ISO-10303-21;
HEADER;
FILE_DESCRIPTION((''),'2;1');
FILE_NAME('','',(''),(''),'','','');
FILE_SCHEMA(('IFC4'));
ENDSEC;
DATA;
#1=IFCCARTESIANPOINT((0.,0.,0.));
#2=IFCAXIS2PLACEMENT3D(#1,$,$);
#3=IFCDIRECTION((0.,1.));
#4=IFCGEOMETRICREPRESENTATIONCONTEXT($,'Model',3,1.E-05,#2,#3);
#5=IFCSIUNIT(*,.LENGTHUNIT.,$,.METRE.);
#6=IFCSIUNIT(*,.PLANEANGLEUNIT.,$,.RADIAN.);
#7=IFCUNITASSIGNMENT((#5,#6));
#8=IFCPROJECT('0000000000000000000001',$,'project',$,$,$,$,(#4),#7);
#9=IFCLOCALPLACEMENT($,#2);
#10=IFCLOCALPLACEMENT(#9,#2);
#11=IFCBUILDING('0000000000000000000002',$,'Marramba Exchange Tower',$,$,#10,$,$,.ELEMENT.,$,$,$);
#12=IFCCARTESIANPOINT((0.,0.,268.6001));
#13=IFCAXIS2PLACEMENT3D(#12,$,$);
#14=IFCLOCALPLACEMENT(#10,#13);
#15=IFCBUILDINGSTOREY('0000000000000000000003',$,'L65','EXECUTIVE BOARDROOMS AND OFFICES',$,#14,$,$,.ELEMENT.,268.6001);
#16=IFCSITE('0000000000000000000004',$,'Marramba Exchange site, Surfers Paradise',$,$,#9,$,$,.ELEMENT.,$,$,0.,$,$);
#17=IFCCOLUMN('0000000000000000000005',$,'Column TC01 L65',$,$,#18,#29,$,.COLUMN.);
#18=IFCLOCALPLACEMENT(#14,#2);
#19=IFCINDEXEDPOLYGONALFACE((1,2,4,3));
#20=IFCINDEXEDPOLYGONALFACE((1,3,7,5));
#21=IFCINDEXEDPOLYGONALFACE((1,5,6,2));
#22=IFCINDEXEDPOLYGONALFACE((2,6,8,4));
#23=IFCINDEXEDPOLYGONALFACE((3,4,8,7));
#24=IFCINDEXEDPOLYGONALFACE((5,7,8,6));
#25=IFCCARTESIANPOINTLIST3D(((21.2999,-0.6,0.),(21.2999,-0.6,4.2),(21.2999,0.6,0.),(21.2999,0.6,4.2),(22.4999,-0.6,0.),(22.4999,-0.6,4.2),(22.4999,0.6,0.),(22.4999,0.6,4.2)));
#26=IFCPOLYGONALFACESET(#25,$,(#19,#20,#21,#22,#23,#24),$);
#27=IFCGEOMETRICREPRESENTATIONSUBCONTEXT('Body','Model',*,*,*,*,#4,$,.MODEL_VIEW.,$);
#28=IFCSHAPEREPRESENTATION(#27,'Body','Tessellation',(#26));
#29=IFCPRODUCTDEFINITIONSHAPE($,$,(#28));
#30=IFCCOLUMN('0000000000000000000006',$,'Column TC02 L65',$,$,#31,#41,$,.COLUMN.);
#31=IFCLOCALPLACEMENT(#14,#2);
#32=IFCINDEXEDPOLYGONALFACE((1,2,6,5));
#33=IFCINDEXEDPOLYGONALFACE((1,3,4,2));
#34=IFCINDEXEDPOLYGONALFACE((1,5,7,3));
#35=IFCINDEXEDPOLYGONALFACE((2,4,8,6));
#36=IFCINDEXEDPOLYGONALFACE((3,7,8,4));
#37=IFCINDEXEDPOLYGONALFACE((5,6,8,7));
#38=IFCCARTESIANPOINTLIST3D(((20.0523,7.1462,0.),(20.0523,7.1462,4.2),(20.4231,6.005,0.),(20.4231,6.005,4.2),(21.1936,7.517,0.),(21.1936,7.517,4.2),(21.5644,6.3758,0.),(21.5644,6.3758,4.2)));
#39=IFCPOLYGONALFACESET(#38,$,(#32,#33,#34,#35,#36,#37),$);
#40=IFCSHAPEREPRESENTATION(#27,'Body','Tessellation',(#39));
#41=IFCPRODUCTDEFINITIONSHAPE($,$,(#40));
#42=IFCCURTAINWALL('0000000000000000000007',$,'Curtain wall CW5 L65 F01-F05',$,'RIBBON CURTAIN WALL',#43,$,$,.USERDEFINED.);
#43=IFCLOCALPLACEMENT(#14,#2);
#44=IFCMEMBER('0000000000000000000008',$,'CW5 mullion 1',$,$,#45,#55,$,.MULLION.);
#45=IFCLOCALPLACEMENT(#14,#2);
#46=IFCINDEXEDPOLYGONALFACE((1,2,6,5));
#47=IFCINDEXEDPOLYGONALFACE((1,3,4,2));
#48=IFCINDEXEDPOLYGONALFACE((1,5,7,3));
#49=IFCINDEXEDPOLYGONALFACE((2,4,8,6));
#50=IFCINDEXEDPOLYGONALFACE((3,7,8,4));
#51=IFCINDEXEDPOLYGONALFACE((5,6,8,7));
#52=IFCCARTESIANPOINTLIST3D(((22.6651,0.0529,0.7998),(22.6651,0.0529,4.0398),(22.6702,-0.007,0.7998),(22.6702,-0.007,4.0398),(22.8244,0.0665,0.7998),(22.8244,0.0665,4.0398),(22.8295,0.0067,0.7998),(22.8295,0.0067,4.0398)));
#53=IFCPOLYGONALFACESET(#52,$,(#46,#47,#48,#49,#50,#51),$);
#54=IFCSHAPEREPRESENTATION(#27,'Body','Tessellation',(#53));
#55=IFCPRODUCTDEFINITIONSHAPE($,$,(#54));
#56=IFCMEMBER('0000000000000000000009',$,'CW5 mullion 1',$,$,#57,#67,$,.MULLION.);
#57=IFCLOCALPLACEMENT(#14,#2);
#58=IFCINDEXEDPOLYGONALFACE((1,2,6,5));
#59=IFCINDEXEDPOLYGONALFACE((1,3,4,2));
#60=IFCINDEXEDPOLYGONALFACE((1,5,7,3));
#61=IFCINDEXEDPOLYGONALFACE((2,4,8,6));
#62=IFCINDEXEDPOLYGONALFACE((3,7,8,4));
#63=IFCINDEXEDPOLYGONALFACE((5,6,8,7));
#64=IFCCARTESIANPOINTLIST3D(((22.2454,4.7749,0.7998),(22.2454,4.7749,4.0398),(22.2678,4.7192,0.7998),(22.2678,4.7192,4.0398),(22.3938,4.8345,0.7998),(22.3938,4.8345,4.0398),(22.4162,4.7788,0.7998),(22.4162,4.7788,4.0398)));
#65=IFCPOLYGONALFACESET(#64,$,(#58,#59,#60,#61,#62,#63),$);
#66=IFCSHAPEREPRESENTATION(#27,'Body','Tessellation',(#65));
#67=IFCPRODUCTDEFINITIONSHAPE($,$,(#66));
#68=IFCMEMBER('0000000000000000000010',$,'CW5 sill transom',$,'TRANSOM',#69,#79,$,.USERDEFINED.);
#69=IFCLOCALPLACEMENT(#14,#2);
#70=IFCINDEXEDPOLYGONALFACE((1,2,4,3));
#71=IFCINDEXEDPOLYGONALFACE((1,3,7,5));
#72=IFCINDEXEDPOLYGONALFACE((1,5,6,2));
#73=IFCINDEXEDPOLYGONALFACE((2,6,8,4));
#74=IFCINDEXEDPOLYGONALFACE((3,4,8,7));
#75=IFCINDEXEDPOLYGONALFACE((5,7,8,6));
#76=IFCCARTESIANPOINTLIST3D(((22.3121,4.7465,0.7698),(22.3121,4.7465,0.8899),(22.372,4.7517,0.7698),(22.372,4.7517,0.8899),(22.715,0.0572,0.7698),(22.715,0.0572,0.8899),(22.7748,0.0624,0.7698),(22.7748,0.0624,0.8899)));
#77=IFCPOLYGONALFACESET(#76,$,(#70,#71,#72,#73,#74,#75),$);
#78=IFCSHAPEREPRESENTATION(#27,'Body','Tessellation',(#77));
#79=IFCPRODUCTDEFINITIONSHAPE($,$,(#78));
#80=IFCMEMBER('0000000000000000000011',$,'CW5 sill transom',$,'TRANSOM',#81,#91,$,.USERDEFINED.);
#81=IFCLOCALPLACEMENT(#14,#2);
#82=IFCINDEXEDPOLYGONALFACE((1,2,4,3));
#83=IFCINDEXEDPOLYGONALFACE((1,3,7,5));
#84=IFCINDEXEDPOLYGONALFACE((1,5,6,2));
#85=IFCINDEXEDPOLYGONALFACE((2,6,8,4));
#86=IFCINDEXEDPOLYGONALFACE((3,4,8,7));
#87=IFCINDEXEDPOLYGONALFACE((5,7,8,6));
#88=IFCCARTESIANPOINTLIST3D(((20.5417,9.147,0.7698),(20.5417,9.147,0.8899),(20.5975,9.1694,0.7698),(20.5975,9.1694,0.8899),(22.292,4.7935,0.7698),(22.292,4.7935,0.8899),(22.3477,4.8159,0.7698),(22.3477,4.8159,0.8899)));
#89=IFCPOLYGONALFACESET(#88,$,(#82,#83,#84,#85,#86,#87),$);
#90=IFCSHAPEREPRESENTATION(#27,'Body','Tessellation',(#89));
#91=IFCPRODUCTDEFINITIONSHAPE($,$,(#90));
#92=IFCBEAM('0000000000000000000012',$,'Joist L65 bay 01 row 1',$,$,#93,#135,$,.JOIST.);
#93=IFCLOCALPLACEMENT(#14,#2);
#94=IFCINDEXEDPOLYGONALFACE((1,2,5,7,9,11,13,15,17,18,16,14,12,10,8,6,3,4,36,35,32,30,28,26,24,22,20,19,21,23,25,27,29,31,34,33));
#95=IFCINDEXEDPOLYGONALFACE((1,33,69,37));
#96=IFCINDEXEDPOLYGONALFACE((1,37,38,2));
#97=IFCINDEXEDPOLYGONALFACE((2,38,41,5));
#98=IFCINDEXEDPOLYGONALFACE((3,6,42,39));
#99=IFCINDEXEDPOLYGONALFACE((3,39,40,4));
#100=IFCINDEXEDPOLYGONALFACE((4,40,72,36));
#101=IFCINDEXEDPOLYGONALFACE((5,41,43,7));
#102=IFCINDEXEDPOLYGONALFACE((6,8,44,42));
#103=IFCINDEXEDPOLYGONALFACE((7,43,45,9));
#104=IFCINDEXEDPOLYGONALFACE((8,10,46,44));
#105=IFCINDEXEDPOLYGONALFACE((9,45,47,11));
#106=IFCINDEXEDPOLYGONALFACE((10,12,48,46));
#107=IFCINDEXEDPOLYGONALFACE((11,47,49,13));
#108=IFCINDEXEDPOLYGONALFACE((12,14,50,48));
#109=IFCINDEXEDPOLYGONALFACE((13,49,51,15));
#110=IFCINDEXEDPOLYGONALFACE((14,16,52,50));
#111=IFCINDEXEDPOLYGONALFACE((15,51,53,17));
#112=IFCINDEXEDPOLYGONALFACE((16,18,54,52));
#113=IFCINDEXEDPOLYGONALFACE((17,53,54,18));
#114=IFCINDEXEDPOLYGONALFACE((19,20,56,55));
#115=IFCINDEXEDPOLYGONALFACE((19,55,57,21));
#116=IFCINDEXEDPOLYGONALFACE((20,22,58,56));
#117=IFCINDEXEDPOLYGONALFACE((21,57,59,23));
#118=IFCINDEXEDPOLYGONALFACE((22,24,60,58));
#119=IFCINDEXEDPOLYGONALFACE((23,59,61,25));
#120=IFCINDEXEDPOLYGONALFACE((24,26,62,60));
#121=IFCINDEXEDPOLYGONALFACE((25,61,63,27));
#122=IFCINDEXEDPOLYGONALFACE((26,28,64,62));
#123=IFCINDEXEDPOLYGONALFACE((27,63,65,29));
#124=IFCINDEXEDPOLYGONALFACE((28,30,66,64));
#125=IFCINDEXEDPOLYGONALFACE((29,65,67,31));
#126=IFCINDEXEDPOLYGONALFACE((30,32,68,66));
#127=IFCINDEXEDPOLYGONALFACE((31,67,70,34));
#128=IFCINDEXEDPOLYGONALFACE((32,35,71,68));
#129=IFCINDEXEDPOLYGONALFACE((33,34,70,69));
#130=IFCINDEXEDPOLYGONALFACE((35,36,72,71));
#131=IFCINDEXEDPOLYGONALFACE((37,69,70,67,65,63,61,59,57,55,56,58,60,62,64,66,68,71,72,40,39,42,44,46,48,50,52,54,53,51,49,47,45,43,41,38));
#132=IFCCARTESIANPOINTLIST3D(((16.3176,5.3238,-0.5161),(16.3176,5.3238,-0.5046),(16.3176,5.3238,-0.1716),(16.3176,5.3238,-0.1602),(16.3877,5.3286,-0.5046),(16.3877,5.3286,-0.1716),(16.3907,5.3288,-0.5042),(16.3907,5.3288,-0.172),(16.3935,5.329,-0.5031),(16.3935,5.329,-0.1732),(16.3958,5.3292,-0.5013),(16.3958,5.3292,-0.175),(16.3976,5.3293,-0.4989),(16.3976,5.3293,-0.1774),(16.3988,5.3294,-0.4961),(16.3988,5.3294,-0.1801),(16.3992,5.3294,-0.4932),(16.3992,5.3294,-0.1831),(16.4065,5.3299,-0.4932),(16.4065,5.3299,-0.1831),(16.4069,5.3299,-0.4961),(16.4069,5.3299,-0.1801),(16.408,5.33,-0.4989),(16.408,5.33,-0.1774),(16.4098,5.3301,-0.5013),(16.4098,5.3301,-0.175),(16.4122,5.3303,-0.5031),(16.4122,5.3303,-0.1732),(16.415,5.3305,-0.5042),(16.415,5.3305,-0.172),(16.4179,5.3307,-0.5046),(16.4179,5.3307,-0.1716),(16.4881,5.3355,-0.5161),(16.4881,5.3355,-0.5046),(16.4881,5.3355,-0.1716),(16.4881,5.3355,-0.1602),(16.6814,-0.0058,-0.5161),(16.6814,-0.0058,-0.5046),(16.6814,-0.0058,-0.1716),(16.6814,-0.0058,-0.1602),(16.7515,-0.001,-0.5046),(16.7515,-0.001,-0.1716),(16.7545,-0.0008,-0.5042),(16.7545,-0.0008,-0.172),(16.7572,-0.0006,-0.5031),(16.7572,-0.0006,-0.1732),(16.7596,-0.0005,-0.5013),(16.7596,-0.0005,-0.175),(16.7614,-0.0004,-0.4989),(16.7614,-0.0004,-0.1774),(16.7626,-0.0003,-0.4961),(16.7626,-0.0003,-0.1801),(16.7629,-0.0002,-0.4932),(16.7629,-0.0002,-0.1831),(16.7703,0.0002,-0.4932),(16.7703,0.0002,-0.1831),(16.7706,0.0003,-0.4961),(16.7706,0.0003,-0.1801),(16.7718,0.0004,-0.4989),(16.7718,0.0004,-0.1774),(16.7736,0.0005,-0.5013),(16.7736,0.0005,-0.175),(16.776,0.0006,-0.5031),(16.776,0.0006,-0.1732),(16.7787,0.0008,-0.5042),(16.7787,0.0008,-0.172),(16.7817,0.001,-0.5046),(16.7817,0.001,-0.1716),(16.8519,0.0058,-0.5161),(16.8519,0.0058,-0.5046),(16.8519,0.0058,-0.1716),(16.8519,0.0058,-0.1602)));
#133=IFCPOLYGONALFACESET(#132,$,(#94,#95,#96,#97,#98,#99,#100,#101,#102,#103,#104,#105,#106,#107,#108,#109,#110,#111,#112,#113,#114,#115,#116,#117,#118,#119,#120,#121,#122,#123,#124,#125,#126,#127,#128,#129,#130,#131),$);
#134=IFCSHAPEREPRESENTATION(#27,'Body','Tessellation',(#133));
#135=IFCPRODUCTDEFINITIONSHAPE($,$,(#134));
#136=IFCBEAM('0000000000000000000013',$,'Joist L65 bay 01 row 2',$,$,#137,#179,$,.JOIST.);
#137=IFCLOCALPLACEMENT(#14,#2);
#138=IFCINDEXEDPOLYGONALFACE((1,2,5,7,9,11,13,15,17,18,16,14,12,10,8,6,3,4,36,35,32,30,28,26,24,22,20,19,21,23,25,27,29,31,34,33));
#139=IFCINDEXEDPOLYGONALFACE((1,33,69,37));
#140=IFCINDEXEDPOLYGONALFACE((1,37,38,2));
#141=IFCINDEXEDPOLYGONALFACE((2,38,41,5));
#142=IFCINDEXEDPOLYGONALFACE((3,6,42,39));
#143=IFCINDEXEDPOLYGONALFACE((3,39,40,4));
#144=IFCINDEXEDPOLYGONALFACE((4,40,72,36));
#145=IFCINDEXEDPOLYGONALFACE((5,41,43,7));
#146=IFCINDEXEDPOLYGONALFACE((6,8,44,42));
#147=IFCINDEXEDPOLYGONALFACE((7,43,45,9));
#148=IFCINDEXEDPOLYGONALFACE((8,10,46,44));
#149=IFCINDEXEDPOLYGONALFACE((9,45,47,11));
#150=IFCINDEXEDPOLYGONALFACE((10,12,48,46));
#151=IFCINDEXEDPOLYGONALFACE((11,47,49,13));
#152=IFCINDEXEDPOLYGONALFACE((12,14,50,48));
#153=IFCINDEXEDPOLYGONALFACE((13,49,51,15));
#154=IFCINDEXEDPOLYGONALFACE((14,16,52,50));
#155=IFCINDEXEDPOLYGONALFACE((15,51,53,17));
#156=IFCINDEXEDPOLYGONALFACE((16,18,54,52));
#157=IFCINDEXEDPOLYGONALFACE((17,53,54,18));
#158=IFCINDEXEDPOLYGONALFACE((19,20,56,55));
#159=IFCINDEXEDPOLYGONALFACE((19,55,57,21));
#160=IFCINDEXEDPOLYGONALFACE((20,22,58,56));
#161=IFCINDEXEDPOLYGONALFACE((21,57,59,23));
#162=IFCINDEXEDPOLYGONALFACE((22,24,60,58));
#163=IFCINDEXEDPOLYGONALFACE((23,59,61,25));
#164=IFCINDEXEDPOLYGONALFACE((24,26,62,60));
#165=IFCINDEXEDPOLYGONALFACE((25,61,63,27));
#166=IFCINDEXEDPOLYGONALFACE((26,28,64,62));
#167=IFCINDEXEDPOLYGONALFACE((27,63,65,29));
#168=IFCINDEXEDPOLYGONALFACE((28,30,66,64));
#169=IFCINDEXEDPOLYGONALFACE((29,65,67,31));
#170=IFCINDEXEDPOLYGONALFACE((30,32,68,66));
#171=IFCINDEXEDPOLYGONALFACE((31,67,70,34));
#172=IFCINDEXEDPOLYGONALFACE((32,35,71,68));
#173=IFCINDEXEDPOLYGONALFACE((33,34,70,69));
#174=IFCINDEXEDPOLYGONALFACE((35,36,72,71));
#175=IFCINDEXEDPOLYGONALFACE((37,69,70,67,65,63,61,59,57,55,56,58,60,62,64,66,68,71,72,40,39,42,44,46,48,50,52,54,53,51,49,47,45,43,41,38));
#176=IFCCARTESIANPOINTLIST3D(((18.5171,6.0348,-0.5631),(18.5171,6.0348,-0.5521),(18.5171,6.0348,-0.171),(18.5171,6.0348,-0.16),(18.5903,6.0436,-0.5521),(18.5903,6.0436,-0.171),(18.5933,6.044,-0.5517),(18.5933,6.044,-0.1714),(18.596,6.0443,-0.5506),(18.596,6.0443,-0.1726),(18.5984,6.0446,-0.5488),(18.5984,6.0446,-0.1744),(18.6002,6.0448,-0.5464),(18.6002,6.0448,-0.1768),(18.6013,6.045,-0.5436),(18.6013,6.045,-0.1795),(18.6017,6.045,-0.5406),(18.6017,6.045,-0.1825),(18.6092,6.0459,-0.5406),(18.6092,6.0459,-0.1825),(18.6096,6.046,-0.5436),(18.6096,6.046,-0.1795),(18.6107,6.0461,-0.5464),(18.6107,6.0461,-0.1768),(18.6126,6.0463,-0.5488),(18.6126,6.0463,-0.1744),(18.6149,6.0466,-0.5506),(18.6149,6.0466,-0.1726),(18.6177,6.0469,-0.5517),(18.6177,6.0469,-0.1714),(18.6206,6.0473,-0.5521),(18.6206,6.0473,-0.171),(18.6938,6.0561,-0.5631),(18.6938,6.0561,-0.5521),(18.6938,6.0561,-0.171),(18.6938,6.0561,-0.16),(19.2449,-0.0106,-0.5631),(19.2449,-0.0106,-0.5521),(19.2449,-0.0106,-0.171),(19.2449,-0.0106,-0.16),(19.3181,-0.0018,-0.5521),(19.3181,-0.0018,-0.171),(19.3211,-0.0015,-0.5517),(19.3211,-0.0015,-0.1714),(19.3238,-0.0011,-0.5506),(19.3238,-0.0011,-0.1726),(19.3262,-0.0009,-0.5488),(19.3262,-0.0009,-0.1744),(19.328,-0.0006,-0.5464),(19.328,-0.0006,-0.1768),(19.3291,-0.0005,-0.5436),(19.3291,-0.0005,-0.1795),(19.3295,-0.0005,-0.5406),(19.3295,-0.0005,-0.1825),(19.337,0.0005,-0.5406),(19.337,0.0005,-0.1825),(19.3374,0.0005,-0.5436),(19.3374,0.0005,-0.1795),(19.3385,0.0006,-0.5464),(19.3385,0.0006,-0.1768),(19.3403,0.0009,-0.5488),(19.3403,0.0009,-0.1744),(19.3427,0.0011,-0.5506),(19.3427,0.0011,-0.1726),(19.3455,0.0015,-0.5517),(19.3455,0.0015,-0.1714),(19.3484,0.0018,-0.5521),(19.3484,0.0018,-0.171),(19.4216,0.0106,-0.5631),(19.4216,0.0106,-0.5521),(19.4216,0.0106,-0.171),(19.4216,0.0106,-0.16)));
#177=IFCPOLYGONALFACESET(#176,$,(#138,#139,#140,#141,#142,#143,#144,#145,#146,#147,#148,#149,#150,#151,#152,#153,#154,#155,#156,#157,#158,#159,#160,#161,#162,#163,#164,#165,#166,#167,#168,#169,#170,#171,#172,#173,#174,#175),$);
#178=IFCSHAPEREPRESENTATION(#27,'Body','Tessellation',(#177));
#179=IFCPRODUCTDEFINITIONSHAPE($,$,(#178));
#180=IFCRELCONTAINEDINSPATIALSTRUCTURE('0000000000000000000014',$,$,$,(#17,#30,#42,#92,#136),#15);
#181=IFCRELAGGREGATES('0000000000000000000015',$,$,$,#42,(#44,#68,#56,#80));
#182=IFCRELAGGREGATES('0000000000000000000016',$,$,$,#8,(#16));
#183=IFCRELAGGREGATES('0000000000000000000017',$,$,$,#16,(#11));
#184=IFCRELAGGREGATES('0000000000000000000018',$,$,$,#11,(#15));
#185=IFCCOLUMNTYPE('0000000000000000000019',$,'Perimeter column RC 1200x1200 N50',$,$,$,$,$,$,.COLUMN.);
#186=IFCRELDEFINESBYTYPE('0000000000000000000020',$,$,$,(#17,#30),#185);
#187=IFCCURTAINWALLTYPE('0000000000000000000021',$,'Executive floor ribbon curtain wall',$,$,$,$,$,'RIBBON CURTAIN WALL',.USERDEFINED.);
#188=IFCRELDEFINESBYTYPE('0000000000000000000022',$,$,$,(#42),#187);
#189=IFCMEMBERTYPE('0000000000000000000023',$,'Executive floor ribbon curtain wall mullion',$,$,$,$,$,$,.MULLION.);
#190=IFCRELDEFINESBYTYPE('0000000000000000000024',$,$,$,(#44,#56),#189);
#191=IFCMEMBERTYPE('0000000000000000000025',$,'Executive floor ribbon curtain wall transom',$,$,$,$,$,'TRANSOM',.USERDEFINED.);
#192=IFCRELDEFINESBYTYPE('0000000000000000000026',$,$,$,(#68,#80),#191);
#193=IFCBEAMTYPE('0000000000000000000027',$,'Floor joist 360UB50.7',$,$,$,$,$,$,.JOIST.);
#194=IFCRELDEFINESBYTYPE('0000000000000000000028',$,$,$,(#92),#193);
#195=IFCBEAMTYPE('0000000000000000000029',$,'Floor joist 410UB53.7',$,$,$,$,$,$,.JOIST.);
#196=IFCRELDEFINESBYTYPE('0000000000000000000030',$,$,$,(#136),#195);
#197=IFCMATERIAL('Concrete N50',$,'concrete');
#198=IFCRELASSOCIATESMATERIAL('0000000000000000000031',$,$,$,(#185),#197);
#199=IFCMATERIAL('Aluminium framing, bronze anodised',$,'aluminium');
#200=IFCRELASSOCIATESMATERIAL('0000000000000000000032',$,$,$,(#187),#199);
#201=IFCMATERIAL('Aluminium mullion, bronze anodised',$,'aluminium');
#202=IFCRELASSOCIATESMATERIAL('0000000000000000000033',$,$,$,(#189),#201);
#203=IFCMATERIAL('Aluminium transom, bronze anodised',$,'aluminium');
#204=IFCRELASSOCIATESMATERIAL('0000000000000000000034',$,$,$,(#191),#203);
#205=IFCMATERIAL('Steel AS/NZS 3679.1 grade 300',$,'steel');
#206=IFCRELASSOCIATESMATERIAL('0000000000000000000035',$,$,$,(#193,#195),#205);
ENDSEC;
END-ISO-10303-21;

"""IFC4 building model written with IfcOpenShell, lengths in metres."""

from ifc_helpers import new_model, si_unit, direction, frame, origin, origin_2d, place, context, subcontext, project, spatial, rectangle, i_section, extrude, material, material_profile, profile_set, type_object, element, aggregate, save


model = new_model("IFC4")

# Units and contexts
model_context = context("Model", 3, precision=1e-05, world=origin(), true_north=direction((0.0, 1.0)))
body_context = subcontext(model_context, "Body", "Model", "MODEL_VIEW")
ifc_project = project(units=[si_unit("LENGTHUNIT", "METRE"), si_unit("PLANEANGLEUNIT", "RADIAN")], contexts=[model_context])

# Site, building, storey
site_placement = place(None, origin())
site = spatial("IfcSite", under=ifc_project, at=site_placement, Name="Marramba Exchange site, Surfers Paradise", CompositionType="ELEMENT", RefElevation=0.0)
building_placement = place(site_placement, origin())
building = spatial("IfcBuilding", under=site, at=building_placement, Name="Marramba Exchange Tower", CompositionType="ELEMENT")
storey_placement = place(building_placement, frame((0.0, 0.0, 268.6001)))
storey = spatial("IfcBuildingStorey", under=building, at=storey_placement, Name="L65", Description="EXECUTIVE BOARDROOMS AND OFFICES", CompositionType="ELEMENT", Elevation=268.6001)

# Columns
ifc_material_1 = material(Name="Concrete N50", Category="concrete")
ifc_material_profile_1 = material_profile(ifc_material_1, rectangle(XDim=1.2, YDim=1.2, at=origin_2d()), Name="RC 1200x1200")
ifc_profile_set_1 = profile_set([ifc_material_profile_1], Name="Concrete N50")
column_type = type_object("IfcColumnType", Name="Perimeter column RC 1200x1200 N50", PredefinedType="COLUMN", material=ifc_profile_set_1)
for number, where, z_axis, x_axis, name in (
    (1, (21.8999, 0.0, 0.0), (0.0, 0.0, 1.0), (1.0, 0.0, 0.0), "Column TC01 L65"),
    (2, (20.8083, 6.761, 0.0), (0.0, 0.0, 1.0), (0.951057, 0.309017, 0.0), "Column TC02 L65"),
):
    element("IfcColumn", number, at=place(storey_placement, frame(where, z_axis=z_axis, x_axis=x_axis)), inside=storey, type_object=column_type, Name=name, PredefinedType="COLUMN", context=body_context, shape_type="SweptSolid", body=[
        extrude(rectangle(XDim=1.2, YDim=1.2, at=origin_2d()), origin(), (0.0, 0.0, 1.0), 4.2),
    ])

# Curtain wall, members
ifc_material_2 = material(Name="Aluminium framing, bronze anodised", Category="aluminium")
curtain_wall_type = type_object("IfcCurtainWallType", Name="Executive floor ribbon curtain wall", ElementType="RIBBON CURTAIN WALL", PredefinedType="USERDEFINED", material=ifc_material_2)
curtain_wall_placement = place(storey_placement, origin())
curtain_wall = element("IfcCurtainWall", 3, at=curtain_wall_placement, inside=storey, type_object=curtain_wall_type, Name="Curtain wall CW5 L65 F01-F05", ObjectType="RIBBON CURTAIN WALL", PredefinedType="USERDEFINED")
ifc_material_3 = material(Name="Aluminium mullion, bronze anodised", Category="aluminium")
ifc_material_profile_2 = material_profile(ifc_material_3, rectangle(XDim=0.1599, YDim=0.0601, at=origin_2d()), Name="CW5 mullion 60x160")
ifc_profile_set_2 = profile_set([ifc_material_profile_2], Name="Aluminium mullion, bronze anodised")
member_type_1 = type_object("IfcMemberType", Name="Executive floor ribbon curtain wall mullion", PredefinedType="MULLION", material=ifc_profile_set_2)
member_1_placement = place(storey_placement, frame((22.7473, 0.0298, 0.7998), z_axis=(0.0, 0.0, 1.0), x_axis=(-0.996332, -0.085574, 0.0)))
member_1 = element("IfcMember", 4, at=member_1_placement, type_object=member_type_1, Name="CW5 mullion 1", PredefinedType="MULLION", context=body_context, shape_type="SweptSolid", body=[
    extrude(rectangle(XDim=0.1599, YDim=0.0601, at=origin_2d()), origin(), (0.0, 0.0, 1.0), 3.24),
])
member_2_placement = place(storey_placement, frame((22.3308, 4.7769, 0.7998), z_axis=(0.0, 0.0, 1.0), x_axis=(-0.927838, -0.372983, 0.0)))
member_2 = element("IfcMember", 5, at=member_2_placement, type_object=member_type_1, Name="CW5 mullion 1", PredefinedType="MULLION", context=body_context, shape_type="SweptSolid", body=[
    extrude(rectangle(XDim=0.1599, YDim=0.0601, at=origin_2d()), origin(), (0.0, 0.0, 1.0), 3.24),
])
ifc_material_4 = material(Name="Aluminium transom, bronze anodised", Category="aluminium")
ifc_material_profile_3 = material_profile(ifc_material_4, rectangle(XDim=0.0601, YDim=0.1201, at=origin_2d()), Name="CW5 transom 60x120")
ifc_profile_set_3 = profile_set([ifc_material_profile_3], Name="Aluminium transom, bronze anodised")
member_type_2 = type_object("IfcMemberType", Name="Executive floor ribbon curtain wall transom", ElementType="TRANSOM", PredefinedType="USERDEFINED", material=ifc_profile_set_3)
member_3_placement = place(storey_placement, frame((22.7449, 0.0598, 0.8298), z_axis=(-0.085591, 0.99633, 0.0), x_axis=(-0.99633, -0.085591, 0.0)))
member_3 = element("IfcMember", 6, at=member_3_placement, type_object=member_type_2, Name="CW5 sill transom", ObjectType="TRANSOM", PredefinedType="USERDEFINED", context=body_context, shape_type="SweptSolid", body=[
    extrude(rectangle(XDim=0.0601, YDim=0.1201, at=origin_2d()), origin(), (0.0, 0.0, 1.0), 4.7065),
])
member_4_placement = place(storey_placement, frame((22.3198, 4.8047, 0.8298), z_axis=(-0.373014, 0.927826, 0.0), x_axis=(-0.927826, -0.373014, 0.0)))
member_4 = element("IfcMember", 7, at=member_4_placement, type_object=member_type_2, Name="CW5 sill transom", ObjectType="TRANSOM", PredefinedType="USERDEFINED", context=body_context, shape_type="SweptSolid", body=[
    extrude(rectangle(XDim=0.0601, YDim=0.1201, at=origin_2d()), origin(), (0.0, 0.0, 1.0), 4.6921),
])

# Beams
ifc_material_5 = material(Name="Steel AS/NZS 3679.1 grade 300", Category="steel")
ifc_material_profile_4 = material_profile(ifc_material_5, i_section(OverallWidth=0.1709, OverallDepth=0.356, WebThickness=0.0073, FlangeThickness=0.0115, FilletRadius=0.0115, at=origin_2d()), Name="360UB50.7")
ifc_profile_set_4 = profile_set([ifc_material_profile_4], Name="Steel AS/NZS 3679.1 grade 300")
beam_type_1 = type_object("IfcBeamType", Name="Floor joist 360UB50.7", PredefinedType="JOIST", material=ifc_profile_set_4)
beam_1_placement = place(storey_placement, frame((16.7666, 0.0, -0.3381), z_axis=(-0.068096, 0.997679, 0.0), x_axis=(-0.997679, -0.068096, 0.0)))
element("IfcBeam", 8, at=beam_1_placement, inside=storey, type_object=beam_type_1, Name="Joist L65 bay 01 row 1", PredefinedType="JOIST", context=body_context, shape_type="SweptSolid", body=[
    extrude(i_section(OverallWidth=0.1709, OverallDepth=0.356, WebThickness=0.0073, FlangeThickness=0.0115, FilletRadius=0.0115, at=origin_2d()), origin(), (0.0, 0.0, 1.0), 5.342),
])
ifc_material_profile_5 = material_profile(ifc_material_5, i_section(OverallWidth=0.178, OverallDepth=0.4031, WebThickness=0.0076, FlangeThickness=0.011, FilletRadius=0.0115, at=origin_2d()), Name="410UB53.7")
ifc_profile_set_5 = profile_set([ifc_material_profile_5], Name="Steel AS/NZS 3679.1 grade 300")
beam_type_2 = type_object("IfcBeamType", Name="Floor joist 410UB53.7", PredefinedType="JOIST", material=ifc_profile_set_5)
beam_2_placement = place(storey_placement, frame((19.3333, 0.0, -0.3616), z_axis=(-0.119523, 0.992831, 0.0), x_axis=(-0.992831, -0.119523, 0.0)))
element("IfcBeam", 9, at=beam_2_placement, inside=storey, type_object=beam_type_2, Name="Joist L65 bay 01 row 2", PredefinedType="JOIST", context=body_context, shape_type="SweptSolid", body=[
    extrude(i_section(OverallWidth=0.178, OverallDepth=0.4031, WebThickness=0.0076, FlangeThickness=0.011, FilletRadius=0.0115, at=origin_2d()), origin(), (0.0, 0.0, 1.0), 6.0891),
])

aggregate(curtain_wall, [member_1, member_3, member_2, member_4])

save(model, "model.ifc")
